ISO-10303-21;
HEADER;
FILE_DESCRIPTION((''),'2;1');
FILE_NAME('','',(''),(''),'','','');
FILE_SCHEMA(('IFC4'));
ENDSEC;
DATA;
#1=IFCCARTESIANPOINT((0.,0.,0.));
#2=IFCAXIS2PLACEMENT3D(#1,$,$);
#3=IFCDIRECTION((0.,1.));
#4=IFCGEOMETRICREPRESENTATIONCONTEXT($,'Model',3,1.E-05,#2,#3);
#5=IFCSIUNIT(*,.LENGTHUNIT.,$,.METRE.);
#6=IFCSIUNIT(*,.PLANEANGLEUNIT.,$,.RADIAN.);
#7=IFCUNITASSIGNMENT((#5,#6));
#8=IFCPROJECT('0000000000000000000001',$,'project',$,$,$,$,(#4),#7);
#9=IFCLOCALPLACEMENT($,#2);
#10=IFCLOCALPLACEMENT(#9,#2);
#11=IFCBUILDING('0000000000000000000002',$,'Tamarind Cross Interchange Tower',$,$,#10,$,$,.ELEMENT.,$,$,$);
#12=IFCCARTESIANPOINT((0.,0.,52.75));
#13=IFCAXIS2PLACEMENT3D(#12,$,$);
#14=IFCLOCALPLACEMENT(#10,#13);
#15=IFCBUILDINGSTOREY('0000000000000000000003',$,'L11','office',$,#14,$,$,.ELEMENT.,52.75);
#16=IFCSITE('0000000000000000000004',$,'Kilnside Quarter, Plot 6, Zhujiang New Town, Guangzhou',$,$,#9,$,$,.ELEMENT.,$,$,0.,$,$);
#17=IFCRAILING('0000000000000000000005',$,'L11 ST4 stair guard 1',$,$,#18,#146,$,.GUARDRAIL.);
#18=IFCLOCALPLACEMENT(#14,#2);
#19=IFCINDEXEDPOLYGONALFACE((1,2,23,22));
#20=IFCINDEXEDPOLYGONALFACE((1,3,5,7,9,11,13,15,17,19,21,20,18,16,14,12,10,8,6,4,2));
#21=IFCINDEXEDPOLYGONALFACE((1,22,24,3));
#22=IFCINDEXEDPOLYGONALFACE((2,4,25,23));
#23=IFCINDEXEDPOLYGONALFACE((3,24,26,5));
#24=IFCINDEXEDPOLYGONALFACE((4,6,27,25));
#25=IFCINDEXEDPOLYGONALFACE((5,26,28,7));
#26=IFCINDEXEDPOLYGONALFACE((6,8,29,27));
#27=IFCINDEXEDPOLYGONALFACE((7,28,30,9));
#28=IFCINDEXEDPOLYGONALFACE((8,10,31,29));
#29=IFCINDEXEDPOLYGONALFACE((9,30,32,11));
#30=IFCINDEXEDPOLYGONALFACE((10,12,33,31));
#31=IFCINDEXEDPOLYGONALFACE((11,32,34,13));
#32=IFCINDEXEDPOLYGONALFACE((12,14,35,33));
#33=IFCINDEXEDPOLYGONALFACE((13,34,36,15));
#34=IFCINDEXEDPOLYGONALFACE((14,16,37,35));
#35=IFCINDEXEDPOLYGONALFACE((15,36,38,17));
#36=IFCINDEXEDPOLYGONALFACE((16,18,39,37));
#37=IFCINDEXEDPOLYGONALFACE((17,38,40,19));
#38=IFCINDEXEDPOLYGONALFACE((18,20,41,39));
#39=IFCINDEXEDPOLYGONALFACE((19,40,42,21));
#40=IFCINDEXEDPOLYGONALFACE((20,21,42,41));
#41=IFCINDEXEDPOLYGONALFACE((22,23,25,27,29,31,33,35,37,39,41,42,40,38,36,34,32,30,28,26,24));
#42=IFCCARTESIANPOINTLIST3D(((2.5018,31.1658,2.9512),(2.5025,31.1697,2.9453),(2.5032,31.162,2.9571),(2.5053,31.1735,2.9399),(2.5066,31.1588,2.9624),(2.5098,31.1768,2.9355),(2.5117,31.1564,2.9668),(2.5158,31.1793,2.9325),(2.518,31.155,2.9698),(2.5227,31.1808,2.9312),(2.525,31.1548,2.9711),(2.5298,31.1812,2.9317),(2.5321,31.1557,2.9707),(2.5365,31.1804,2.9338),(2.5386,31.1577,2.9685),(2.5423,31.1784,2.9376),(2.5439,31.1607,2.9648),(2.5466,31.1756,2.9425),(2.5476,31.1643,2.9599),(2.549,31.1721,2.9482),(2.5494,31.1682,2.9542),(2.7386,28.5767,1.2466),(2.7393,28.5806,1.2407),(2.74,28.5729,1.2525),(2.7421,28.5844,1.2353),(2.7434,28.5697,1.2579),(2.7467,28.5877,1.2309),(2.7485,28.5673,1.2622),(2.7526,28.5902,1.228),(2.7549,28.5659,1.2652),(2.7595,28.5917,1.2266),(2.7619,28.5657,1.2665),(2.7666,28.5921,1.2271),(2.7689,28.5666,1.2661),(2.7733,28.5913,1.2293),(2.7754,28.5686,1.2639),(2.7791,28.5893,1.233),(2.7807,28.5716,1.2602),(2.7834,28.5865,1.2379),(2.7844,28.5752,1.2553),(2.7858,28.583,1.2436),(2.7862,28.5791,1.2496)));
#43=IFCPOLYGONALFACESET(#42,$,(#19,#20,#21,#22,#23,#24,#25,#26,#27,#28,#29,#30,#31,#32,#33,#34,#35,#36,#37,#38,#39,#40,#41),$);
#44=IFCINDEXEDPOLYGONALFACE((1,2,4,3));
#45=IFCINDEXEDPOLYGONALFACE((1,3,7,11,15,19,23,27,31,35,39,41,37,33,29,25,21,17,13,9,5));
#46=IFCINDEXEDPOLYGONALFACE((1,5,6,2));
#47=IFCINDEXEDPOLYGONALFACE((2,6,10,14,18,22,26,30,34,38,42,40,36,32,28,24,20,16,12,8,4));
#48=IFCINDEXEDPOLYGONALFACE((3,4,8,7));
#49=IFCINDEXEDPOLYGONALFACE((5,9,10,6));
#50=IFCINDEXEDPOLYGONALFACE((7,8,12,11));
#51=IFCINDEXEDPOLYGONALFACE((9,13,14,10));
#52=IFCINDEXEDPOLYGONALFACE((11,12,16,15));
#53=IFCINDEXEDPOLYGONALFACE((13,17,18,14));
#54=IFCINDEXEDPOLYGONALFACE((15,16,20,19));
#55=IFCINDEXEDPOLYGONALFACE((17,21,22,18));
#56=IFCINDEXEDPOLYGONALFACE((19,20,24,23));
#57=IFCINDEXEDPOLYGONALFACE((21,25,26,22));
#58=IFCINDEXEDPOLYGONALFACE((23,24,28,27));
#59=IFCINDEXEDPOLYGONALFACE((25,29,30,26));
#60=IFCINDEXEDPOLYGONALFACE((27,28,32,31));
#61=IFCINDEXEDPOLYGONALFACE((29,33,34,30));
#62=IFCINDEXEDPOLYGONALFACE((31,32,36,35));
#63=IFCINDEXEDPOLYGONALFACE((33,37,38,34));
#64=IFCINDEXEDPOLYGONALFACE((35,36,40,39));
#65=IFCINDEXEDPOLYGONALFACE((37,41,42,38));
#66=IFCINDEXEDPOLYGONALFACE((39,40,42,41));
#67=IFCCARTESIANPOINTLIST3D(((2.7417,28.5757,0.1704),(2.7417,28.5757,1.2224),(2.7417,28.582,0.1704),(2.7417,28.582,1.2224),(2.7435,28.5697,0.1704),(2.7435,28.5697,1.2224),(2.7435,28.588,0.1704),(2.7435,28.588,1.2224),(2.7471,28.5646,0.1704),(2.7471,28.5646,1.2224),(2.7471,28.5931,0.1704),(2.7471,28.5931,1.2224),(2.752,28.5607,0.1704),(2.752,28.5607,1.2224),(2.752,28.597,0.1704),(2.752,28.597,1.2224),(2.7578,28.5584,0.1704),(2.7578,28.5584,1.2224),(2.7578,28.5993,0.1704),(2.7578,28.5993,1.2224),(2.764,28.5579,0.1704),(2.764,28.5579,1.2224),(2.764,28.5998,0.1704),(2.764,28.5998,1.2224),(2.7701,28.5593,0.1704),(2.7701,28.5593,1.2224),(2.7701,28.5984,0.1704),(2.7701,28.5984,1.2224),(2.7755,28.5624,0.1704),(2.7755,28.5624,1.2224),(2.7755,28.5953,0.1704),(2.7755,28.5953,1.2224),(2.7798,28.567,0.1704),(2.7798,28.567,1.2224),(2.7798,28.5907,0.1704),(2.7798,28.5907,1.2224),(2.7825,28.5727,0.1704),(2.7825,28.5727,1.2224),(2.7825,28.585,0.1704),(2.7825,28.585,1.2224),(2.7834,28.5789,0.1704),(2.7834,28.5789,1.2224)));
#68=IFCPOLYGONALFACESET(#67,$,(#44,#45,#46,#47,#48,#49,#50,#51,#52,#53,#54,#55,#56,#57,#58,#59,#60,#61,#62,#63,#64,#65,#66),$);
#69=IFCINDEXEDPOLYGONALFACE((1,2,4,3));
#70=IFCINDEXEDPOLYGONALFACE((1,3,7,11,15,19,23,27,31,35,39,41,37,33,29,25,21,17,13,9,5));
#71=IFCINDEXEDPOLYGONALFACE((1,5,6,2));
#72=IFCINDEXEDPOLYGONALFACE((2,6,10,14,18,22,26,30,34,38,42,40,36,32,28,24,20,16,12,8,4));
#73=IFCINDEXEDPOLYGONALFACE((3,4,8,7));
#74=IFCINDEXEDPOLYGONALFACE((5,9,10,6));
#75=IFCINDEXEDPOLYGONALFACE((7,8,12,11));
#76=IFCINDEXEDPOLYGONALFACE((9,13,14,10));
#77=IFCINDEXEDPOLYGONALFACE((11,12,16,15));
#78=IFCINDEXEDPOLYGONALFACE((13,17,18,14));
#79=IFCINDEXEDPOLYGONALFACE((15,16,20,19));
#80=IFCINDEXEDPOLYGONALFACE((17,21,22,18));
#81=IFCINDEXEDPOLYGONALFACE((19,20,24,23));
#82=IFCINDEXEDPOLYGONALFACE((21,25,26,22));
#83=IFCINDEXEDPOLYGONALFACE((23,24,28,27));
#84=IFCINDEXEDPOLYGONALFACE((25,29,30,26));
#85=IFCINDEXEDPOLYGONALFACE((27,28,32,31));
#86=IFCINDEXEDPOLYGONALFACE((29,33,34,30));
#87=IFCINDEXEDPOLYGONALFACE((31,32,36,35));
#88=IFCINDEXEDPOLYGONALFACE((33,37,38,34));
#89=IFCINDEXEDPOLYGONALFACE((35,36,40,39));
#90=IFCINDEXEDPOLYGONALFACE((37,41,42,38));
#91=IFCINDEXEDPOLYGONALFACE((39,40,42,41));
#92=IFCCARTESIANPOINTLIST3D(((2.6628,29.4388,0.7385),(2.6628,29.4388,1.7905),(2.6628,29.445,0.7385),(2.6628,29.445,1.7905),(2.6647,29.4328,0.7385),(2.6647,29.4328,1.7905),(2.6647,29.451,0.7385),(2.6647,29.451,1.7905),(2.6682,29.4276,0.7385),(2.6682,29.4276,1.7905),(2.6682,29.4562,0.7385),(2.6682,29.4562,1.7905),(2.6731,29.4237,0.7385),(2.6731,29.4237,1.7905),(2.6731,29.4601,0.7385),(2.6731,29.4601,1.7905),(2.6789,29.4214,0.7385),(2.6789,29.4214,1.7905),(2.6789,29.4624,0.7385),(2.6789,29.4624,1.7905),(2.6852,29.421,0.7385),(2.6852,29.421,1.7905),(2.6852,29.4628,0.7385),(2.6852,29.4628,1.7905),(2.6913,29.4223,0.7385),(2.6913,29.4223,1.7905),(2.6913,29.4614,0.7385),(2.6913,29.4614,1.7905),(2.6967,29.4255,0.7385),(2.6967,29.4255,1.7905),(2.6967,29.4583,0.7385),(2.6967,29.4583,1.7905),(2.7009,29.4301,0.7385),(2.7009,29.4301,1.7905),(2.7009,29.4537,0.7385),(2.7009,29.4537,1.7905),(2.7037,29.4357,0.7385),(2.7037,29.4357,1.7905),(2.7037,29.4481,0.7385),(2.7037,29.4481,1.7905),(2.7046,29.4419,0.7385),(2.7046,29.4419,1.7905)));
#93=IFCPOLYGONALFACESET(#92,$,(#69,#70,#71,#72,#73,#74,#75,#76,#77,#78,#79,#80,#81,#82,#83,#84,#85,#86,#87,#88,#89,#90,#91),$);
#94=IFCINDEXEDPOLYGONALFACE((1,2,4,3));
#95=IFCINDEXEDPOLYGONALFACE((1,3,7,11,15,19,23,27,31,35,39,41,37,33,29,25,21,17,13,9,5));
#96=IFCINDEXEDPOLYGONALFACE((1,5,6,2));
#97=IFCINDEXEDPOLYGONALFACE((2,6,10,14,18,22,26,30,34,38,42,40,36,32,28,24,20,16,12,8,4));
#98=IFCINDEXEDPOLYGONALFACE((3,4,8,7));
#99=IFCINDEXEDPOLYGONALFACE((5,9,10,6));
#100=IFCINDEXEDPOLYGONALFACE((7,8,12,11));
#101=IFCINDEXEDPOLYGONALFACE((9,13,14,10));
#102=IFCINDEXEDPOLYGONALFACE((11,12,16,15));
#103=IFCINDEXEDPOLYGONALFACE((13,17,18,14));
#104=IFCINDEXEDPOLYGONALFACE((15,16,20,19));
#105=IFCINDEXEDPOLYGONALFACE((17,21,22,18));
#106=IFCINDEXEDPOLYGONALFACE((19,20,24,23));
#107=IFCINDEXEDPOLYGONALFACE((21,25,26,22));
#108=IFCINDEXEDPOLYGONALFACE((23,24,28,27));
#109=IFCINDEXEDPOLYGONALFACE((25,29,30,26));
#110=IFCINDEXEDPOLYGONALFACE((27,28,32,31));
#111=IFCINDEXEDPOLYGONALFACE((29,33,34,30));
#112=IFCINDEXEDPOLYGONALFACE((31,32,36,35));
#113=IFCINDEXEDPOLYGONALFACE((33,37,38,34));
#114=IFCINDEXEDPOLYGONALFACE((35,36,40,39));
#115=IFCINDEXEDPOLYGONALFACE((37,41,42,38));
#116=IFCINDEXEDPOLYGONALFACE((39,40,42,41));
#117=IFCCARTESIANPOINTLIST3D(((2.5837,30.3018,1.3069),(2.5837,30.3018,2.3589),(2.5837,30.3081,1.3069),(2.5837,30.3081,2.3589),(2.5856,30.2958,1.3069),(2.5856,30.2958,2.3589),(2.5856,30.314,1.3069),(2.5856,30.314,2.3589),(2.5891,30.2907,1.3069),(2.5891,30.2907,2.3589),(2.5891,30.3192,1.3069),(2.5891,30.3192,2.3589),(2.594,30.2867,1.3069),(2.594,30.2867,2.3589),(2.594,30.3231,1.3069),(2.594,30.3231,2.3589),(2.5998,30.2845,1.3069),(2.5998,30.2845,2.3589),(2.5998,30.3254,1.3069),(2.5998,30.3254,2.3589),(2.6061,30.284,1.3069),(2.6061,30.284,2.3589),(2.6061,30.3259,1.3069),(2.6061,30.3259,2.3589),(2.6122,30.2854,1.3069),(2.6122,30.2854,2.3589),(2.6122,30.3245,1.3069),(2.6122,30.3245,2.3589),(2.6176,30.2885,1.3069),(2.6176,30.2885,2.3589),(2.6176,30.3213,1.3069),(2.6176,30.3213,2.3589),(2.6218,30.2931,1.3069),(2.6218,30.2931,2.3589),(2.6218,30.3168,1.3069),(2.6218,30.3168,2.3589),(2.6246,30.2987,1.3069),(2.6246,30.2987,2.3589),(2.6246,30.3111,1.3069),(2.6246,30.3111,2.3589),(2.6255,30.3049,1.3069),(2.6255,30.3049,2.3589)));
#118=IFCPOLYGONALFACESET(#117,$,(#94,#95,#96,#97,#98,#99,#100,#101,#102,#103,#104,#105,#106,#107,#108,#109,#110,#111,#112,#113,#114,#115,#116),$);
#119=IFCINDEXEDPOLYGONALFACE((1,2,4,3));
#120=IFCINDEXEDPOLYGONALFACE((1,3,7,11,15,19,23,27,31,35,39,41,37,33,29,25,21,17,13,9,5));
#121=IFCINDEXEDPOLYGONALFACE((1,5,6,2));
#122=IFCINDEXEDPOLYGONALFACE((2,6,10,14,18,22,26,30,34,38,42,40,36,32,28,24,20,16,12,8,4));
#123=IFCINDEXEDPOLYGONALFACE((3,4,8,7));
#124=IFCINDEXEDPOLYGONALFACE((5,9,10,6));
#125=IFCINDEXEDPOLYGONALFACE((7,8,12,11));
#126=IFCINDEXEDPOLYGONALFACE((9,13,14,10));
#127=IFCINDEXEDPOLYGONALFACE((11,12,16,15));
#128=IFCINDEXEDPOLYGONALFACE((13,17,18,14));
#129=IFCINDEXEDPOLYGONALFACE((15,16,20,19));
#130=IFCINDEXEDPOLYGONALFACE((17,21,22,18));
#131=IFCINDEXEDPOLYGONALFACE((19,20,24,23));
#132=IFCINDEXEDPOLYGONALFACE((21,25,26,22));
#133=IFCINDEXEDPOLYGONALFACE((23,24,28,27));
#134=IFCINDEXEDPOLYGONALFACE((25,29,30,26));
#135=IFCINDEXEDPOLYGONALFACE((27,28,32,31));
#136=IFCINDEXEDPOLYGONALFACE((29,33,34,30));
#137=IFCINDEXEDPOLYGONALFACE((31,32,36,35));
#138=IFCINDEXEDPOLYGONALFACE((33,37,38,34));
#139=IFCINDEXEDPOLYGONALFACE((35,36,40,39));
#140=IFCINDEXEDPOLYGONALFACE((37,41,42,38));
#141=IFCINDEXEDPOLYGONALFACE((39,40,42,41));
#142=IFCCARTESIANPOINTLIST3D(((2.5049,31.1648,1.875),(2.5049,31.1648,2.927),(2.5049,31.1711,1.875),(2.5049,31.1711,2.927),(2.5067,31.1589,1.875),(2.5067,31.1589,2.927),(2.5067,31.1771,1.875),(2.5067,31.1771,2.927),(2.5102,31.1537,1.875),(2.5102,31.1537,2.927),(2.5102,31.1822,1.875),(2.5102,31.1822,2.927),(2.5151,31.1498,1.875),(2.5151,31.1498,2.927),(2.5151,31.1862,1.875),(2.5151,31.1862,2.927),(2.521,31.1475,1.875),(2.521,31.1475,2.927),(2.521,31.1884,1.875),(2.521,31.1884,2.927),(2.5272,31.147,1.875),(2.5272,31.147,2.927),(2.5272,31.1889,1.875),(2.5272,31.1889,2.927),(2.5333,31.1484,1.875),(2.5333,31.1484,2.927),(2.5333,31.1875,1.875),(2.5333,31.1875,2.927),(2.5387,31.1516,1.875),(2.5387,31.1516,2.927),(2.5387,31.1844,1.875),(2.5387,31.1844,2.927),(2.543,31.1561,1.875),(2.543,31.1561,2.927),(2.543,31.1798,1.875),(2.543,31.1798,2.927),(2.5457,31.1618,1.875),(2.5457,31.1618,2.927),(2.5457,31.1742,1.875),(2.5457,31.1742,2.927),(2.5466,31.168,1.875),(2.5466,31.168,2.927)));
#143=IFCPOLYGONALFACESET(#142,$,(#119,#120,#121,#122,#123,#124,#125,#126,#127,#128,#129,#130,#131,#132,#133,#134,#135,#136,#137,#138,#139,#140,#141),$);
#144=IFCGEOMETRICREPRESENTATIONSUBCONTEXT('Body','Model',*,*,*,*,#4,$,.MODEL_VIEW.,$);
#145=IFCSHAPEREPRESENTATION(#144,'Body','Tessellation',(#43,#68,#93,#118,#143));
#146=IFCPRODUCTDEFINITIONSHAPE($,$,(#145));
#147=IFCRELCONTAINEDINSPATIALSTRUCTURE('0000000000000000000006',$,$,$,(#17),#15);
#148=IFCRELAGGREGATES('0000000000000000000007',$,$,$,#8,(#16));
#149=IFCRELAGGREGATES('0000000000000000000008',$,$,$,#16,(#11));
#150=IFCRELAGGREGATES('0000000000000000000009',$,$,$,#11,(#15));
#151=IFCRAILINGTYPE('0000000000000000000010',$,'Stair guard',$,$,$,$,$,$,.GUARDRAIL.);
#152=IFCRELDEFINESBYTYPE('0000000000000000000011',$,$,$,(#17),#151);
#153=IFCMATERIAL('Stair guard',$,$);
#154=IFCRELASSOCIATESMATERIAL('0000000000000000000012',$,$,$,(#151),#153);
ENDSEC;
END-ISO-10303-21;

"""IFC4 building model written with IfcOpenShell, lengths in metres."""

from ifc_helpers import new_model, si_unit, direction, frame, origin, origin_2d, place, context, subcontext, project, spatial, circle, extrude, material, type_object, element, save


model = new_model("IFC4")

# Units and contexts
model_context = context("Model", 3, precision=1e-05, world=origin(), true_north=direction((0.0, 1.0)))
body_context = subcontext(model_context, "Body", "Model", "MODEL_VIEW")
ifc_project = project(units=[si_unit("LENGTHUNIT", "METRE"), si_unit("PLANEANGLEUNIT", "RADIAN")], contexts=[model_context])

# Site, building, storey
site_placement = place(None, origin())
site = spatial("IfcSite", under=ifc_project, at=site_placement, Name="Kilnside Quarter, Plot 6, Zhujiang New Town, Guangzhou", CompositionType="ELEMENT", RefElevation=0.0)
building_placement = place(site_placement, origin())
building = spatial("IfcBuilding", under=site, at=building_placement, Name="Tamarind Cross Interchange Tower", CompositionType="ELEMENT")
storey_placement = place(building_placement, frame((0.0, 0.0, 52.75)))
storey = spatial("IfcBuildingStorey", under=building, at=storey_placement, Name="L11", Description="office", CompositionType="ELEMENT", Elevation=52.75)

# Railing
ifc_material_1 = material(Name="Stair guard")
railing_type_1 = type_object("IfcRailingType", Name="Stair guard", PredefinedType="GUARDRAIL", material=ifc_material_1)
railing_1_placement = place(storey_placement, frame((2.7625, 28.5789, 0.1704)))
element("IfcRailing", 1, at=railing_1_placement, inside=storey, type_object=railing_type_1, Name="L11 ST4 stair guard 1", PredefinedType="GUARDRAIL", context=body_context, shape_type="SweptSolid", body=[
    extrude(circle(Radius=0.0239, at=origin_2d()), frame((0.0, 0.0, 1.0762), z_axis=(-0.076174, 0.832809, 0.548295), x_axis=(-0.995843, -0.091086, 0.0)), (0.0, 0.0, 1.0), 3.1089),
    extrude(circle(Radius=0.021, at=origin_2d()), origin(), (0.0, 0.0, 1.0), 1.052),
    extrude(circle(Radius=0.021, at=origin_2d()), frame((-0.0789, 0.863, 0.5681)), (0.0, 0.0, 1.0), 1.052),
    extrude(circle(Radius=0.021, at=origin_2d()), frame((-0.158, 1.7261, 1.1365)), (0.0, 0.0, 1.0), 1.052),
    extrude(circle(Radius=0.021, at=origin_2d()), frame((-0.2368, 2.5891, 1.7046)), (0.0, 0.0, 1.0), 1.052),
])

save(model, "model.ifc")
